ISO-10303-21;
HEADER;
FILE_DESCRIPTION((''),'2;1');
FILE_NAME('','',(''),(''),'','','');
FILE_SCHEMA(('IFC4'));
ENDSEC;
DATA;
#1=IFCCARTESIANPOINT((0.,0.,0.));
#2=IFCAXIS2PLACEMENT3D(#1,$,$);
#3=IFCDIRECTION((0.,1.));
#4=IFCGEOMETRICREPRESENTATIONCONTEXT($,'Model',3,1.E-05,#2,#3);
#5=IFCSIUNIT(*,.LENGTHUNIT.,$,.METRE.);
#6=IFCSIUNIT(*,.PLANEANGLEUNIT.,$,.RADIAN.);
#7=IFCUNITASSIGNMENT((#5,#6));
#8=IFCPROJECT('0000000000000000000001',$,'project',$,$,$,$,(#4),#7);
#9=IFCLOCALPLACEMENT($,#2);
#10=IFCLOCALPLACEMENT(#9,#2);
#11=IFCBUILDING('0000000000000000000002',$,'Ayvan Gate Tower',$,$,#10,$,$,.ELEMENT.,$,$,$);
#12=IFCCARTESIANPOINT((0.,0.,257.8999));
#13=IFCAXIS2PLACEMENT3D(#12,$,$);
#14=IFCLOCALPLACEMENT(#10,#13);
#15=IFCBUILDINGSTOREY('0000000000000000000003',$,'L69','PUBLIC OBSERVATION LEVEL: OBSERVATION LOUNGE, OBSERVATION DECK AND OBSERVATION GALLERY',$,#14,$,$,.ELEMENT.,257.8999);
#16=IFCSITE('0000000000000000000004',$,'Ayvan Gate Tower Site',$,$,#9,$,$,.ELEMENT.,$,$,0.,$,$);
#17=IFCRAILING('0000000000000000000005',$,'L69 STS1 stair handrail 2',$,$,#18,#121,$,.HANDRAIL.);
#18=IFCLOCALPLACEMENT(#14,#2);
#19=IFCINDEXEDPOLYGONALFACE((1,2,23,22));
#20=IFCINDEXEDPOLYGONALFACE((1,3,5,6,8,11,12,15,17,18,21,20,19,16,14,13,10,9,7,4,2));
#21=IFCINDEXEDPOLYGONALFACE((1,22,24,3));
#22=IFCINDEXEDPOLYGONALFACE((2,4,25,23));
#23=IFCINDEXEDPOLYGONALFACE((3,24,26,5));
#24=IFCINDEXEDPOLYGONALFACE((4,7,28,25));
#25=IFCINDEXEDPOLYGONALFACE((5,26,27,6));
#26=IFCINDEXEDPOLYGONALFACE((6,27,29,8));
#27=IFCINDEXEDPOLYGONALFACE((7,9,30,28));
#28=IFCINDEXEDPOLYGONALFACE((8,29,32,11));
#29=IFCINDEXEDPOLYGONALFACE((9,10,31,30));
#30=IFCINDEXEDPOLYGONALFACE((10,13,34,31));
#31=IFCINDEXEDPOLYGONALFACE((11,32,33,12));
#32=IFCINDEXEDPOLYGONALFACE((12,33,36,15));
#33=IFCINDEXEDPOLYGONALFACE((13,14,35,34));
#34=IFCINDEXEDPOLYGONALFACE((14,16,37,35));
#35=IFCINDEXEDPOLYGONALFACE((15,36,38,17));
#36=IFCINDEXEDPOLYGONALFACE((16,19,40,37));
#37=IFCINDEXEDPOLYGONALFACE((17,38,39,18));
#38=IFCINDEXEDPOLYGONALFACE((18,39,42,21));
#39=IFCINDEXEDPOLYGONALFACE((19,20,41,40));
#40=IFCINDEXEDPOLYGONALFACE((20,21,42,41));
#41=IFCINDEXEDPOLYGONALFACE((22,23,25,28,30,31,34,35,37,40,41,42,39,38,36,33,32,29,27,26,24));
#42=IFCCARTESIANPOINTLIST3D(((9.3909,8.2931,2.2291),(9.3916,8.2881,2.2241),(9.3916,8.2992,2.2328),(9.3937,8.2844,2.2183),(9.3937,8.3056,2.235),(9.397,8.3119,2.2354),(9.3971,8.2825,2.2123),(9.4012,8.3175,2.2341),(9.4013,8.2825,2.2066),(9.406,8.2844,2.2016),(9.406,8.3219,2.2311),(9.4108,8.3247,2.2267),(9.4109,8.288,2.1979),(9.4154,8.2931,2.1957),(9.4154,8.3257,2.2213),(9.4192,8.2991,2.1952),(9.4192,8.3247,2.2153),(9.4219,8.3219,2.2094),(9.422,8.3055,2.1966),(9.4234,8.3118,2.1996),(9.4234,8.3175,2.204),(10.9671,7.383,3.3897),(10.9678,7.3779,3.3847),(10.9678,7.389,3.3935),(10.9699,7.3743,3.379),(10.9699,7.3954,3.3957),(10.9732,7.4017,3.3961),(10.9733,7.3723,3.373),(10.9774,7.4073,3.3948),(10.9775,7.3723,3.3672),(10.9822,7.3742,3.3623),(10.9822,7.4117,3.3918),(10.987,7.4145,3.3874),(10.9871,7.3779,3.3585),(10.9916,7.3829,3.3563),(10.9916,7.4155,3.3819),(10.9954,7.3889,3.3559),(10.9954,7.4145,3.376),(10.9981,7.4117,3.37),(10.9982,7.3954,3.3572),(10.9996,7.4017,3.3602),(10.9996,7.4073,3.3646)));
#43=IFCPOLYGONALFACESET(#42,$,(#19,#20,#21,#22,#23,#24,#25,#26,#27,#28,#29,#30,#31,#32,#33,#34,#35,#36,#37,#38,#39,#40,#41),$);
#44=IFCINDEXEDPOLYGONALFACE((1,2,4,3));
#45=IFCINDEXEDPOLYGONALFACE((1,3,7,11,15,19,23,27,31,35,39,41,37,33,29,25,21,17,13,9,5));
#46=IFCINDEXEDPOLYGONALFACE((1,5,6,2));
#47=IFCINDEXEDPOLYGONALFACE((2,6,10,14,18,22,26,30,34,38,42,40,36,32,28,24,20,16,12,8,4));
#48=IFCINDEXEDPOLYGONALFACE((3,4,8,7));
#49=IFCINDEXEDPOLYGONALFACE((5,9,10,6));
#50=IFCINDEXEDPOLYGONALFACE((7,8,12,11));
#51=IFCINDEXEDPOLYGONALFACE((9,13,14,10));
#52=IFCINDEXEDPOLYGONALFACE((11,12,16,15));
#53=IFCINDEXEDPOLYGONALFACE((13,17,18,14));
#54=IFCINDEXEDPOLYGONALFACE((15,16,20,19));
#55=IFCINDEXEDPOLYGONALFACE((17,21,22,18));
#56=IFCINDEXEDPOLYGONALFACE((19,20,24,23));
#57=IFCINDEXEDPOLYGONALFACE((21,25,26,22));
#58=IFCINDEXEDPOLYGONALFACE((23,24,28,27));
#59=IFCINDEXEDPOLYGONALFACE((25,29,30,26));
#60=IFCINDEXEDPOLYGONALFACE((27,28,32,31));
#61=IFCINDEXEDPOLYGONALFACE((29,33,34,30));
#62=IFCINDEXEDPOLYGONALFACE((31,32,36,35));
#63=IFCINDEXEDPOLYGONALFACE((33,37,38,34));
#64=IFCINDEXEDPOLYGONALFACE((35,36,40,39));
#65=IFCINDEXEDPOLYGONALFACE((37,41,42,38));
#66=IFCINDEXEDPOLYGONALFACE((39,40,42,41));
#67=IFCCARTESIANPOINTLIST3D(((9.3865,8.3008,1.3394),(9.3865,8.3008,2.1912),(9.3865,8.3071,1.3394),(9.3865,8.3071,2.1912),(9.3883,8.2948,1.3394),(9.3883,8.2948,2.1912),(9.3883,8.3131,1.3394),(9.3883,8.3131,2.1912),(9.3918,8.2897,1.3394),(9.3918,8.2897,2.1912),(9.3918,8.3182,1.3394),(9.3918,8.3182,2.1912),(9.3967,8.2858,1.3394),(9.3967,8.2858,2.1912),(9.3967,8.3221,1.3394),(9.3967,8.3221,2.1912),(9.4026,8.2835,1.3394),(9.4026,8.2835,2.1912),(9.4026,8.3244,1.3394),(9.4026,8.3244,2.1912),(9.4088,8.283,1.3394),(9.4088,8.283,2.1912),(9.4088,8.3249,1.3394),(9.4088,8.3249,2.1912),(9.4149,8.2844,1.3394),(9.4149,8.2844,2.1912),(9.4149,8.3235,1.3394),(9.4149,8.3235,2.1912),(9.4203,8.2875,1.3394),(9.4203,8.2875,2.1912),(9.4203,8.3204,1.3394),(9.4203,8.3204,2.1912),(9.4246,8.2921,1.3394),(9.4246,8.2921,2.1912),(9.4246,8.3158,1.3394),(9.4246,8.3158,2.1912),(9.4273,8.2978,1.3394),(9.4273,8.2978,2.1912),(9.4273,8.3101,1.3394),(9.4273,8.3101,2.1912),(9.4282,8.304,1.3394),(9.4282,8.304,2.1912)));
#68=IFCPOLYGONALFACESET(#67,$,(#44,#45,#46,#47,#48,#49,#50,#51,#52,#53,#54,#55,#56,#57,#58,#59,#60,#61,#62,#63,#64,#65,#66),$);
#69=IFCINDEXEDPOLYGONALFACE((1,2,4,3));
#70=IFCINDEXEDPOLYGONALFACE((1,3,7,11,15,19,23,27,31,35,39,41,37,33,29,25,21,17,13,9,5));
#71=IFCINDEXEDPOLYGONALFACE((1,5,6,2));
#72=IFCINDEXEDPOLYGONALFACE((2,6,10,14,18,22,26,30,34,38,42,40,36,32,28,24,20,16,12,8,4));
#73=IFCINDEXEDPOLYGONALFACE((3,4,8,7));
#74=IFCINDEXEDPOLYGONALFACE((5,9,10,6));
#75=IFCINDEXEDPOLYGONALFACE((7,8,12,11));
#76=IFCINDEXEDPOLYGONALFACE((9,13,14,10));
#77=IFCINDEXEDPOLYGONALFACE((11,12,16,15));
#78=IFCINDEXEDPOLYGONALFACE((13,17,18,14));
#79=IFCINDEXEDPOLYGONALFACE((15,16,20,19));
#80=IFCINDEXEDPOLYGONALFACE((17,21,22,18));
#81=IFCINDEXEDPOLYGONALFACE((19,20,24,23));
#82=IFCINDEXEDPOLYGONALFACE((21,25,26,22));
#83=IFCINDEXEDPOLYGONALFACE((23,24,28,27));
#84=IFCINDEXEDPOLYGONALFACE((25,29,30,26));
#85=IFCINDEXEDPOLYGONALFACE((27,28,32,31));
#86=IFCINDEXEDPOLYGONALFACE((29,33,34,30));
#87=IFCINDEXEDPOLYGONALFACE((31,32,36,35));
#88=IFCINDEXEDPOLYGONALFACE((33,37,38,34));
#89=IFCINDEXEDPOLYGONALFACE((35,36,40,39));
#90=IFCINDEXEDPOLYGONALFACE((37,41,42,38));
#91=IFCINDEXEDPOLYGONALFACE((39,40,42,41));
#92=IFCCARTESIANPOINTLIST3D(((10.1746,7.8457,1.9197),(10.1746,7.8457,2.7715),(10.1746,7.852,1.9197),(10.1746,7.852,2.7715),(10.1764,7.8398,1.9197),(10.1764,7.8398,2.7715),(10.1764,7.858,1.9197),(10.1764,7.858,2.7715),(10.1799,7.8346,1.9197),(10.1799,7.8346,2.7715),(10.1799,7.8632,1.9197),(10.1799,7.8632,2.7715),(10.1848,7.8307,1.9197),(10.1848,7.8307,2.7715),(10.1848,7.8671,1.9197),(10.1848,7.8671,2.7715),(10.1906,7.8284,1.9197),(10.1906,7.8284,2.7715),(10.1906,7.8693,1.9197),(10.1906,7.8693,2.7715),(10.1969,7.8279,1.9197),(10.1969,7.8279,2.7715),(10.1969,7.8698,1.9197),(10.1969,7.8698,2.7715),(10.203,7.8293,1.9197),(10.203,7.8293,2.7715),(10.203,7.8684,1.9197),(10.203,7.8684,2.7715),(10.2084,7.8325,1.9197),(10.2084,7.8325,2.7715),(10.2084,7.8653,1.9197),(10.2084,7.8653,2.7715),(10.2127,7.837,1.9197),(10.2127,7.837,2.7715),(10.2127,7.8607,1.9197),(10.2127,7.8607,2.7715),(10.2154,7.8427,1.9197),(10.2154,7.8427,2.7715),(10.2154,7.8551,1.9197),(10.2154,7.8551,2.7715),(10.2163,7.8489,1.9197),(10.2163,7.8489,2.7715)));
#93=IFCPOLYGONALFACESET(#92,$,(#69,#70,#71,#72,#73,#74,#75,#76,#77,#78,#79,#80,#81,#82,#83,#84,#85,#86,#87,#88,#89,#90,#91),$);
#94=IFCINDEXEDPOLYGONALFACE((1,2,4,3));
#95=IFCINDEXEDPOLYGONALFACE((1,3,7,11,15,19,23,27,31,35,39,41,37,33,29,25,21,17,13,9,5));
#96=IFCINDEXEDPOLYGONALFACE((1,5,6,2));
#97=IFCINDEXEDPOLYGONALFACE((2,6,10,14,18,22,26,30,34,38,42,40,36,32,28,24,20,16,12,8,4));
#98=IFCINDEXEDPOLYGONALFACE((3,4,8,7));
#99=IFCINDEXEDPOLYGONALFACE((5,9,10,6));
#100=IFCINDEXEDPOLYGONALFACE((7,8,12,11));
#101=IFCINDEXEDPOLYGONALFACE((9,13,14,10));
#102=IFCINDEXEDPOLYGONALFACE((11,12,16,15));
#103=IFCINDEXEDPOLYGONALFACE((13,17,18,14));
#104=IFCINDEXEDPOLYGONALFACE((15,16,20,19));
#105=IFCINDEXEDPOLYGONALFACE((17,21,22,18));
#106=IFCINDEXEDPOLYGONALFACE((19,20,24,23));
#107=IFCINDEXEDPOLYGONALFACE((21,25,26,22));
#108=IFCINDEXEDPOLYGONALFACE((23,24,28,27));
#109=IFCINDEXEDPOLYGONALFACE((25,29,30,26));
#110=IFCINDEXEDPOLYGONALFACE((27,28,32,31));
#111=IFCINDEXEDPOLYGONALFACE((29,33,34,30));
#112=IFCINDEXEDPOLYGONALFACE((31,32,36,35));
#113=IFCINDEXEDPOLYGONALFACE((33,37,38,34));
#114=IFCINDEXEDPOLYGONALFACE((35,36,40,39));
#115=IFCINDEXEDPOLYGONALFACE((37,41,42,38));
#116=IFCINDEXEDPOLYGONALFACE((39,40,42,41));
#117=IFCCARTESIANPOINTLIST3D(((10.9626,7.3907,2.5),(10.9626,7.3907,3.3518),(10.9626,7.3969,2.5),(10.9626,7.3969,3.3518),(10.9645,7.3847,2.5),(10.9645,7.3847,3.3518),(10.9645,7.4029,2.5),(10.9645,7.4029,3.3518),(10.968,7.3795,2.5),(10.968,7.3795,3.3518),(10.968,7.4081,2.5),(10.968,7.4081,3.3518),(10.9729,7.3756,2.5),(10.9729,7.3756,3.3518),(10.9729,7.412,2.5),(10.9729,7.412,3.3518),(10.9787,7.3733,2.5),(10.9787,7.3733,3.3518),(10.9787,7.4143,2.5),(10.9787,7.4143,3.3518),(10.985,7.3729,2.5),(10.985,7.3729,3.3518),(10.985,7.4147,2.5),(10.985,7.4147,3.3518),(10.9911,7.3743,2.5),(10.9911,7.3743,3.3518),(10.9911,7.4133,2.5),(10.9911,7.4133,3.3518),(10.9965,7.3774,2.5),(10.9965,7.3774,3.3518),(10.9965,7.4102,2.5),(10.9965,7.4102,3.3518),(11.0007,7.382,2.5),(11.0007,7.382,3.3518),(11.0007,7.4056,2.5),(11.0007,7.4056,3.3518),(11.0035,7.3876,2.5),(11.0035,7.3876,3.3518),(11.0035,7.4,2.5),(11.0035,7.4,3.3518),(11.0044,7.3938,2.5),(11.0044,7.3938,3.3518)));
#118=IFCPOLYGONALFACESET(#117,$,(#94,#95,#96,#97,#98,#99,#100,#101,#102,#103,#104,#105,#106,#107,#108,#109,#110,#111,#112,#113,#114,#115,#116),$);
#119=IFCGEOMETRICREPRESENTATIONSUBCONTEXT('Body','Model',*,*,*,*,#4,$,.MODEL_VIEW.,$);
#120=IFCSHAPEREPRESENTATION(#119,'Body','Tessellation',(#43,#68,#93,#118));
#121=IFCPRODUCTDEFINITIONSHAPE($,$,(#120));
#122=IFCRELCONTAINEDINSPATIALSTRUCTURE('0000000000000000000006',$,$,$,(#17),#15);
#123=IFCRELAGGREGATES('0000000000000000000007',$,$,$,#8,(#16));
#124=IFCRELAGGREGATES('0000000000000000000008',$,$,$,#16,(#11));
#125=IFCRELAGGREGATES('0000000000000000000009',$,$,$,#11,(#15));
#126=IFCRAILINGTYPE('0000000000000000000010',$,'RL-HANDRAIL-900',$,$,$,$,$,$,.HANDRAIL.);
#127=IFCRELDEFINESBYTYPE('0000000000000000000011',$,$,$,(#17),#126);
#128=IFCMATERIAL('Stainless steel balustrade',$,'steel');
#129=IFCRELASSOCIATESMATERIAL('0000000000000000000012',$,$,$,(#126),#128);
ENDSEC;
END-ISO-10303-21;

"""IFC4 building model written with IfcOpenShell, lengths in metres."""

from ifc_helpers import new_model, si_unit, direction, frame, origin, origin_2d, place, context, subcontext, project, spatial, circle, extrude, material, type_object, element, save


model = new_model("IFC4")

# Units and contexts
model_context = context("Model", 3, precision=1e-05, world=origin(), true_north=direction((0.0, 1.0)))
body_context = subcontext(model_context, "Body", "Model", "MODEL_VIEW")
ifc_project = project(units=[si_unit("LENGTHUNIT", "METRE"), si_unit("PLANEANGLEUNIT", "RADIAN")], contexts=[model_context])

# Site, building, storey
site_placement = place(None, origin())
site = spatial("IfcSite", under=ifc_project, at=site_placement, Name="Ayvan Gate Tower Site", CompositionType="ELEMENT", RefElevation=0.0)
building_placement = place(site_placement, origin())
building = spatial("IfcBuilding", under=site, at=building_placement, Name="Ayvan Gate Tower", CompositionType="ELEMENT")
storey_placement = place(building_placement, frame((0.0, 0.0, 257.8999)))
storey = spatial("IfcBuildingStorey", under=building, at=storey_placement, Name="L69", Description="PUBLIC OBSERVATION LEVEL: OBSERVATION LOUNGE, OBSERVATION DECK AND OBSERVATION GALLERY", CompositionType="ELEMENT", Elevation=257.8999)

# Railing
ifc_material_1 = material(Name="Stainless steel balustrade", Category="steel")
railing_type_1 = type_object("IfcRailingType", Name="RL-HANDRAIL-900", PredefinedType="HANDRAIL", material=ifc_material_1)
railing_1_placement = place(storey_placement, frame((9.4072, 8.304, 1.3394)))
element("IfcRailing", 1, at=railing_1_placement, inside=storey, type_object=railing_type_1, Name="L69 STS1 stair handrail 2", PredefinedType="HANDRAIL", context=body_context, shape_type="SweptSolid", body=[
    extrude(circle(Radius=0.0239, at=origin_2d()), frame((0.0, 0.0, 0.876), z_axis=(0.730163, -0.421631, 0.53767), x_axis=(0.500063, 0.865989, 0.0)), (0.0, 0.0, 1.0), 2.1587),
    extrude(circle(Radius=0.021, at=origin_2d()), origin(), (0.0, 0.0, 1.0), 0.8518),
    extrude(circle(Radius=0.021, at=origin_2d()), frame((0.7881, -0.4551, 0.5803)), (0.0, 0.0, 1.0), 0.8518),
    extrude(circle(Radius=0.021, at=origin_2d()), frame((1.5762, -0.9102, 1.1606)), (0.0, 0.0, 1.0), 0.8518),
])

save(model, "model.ifc")
